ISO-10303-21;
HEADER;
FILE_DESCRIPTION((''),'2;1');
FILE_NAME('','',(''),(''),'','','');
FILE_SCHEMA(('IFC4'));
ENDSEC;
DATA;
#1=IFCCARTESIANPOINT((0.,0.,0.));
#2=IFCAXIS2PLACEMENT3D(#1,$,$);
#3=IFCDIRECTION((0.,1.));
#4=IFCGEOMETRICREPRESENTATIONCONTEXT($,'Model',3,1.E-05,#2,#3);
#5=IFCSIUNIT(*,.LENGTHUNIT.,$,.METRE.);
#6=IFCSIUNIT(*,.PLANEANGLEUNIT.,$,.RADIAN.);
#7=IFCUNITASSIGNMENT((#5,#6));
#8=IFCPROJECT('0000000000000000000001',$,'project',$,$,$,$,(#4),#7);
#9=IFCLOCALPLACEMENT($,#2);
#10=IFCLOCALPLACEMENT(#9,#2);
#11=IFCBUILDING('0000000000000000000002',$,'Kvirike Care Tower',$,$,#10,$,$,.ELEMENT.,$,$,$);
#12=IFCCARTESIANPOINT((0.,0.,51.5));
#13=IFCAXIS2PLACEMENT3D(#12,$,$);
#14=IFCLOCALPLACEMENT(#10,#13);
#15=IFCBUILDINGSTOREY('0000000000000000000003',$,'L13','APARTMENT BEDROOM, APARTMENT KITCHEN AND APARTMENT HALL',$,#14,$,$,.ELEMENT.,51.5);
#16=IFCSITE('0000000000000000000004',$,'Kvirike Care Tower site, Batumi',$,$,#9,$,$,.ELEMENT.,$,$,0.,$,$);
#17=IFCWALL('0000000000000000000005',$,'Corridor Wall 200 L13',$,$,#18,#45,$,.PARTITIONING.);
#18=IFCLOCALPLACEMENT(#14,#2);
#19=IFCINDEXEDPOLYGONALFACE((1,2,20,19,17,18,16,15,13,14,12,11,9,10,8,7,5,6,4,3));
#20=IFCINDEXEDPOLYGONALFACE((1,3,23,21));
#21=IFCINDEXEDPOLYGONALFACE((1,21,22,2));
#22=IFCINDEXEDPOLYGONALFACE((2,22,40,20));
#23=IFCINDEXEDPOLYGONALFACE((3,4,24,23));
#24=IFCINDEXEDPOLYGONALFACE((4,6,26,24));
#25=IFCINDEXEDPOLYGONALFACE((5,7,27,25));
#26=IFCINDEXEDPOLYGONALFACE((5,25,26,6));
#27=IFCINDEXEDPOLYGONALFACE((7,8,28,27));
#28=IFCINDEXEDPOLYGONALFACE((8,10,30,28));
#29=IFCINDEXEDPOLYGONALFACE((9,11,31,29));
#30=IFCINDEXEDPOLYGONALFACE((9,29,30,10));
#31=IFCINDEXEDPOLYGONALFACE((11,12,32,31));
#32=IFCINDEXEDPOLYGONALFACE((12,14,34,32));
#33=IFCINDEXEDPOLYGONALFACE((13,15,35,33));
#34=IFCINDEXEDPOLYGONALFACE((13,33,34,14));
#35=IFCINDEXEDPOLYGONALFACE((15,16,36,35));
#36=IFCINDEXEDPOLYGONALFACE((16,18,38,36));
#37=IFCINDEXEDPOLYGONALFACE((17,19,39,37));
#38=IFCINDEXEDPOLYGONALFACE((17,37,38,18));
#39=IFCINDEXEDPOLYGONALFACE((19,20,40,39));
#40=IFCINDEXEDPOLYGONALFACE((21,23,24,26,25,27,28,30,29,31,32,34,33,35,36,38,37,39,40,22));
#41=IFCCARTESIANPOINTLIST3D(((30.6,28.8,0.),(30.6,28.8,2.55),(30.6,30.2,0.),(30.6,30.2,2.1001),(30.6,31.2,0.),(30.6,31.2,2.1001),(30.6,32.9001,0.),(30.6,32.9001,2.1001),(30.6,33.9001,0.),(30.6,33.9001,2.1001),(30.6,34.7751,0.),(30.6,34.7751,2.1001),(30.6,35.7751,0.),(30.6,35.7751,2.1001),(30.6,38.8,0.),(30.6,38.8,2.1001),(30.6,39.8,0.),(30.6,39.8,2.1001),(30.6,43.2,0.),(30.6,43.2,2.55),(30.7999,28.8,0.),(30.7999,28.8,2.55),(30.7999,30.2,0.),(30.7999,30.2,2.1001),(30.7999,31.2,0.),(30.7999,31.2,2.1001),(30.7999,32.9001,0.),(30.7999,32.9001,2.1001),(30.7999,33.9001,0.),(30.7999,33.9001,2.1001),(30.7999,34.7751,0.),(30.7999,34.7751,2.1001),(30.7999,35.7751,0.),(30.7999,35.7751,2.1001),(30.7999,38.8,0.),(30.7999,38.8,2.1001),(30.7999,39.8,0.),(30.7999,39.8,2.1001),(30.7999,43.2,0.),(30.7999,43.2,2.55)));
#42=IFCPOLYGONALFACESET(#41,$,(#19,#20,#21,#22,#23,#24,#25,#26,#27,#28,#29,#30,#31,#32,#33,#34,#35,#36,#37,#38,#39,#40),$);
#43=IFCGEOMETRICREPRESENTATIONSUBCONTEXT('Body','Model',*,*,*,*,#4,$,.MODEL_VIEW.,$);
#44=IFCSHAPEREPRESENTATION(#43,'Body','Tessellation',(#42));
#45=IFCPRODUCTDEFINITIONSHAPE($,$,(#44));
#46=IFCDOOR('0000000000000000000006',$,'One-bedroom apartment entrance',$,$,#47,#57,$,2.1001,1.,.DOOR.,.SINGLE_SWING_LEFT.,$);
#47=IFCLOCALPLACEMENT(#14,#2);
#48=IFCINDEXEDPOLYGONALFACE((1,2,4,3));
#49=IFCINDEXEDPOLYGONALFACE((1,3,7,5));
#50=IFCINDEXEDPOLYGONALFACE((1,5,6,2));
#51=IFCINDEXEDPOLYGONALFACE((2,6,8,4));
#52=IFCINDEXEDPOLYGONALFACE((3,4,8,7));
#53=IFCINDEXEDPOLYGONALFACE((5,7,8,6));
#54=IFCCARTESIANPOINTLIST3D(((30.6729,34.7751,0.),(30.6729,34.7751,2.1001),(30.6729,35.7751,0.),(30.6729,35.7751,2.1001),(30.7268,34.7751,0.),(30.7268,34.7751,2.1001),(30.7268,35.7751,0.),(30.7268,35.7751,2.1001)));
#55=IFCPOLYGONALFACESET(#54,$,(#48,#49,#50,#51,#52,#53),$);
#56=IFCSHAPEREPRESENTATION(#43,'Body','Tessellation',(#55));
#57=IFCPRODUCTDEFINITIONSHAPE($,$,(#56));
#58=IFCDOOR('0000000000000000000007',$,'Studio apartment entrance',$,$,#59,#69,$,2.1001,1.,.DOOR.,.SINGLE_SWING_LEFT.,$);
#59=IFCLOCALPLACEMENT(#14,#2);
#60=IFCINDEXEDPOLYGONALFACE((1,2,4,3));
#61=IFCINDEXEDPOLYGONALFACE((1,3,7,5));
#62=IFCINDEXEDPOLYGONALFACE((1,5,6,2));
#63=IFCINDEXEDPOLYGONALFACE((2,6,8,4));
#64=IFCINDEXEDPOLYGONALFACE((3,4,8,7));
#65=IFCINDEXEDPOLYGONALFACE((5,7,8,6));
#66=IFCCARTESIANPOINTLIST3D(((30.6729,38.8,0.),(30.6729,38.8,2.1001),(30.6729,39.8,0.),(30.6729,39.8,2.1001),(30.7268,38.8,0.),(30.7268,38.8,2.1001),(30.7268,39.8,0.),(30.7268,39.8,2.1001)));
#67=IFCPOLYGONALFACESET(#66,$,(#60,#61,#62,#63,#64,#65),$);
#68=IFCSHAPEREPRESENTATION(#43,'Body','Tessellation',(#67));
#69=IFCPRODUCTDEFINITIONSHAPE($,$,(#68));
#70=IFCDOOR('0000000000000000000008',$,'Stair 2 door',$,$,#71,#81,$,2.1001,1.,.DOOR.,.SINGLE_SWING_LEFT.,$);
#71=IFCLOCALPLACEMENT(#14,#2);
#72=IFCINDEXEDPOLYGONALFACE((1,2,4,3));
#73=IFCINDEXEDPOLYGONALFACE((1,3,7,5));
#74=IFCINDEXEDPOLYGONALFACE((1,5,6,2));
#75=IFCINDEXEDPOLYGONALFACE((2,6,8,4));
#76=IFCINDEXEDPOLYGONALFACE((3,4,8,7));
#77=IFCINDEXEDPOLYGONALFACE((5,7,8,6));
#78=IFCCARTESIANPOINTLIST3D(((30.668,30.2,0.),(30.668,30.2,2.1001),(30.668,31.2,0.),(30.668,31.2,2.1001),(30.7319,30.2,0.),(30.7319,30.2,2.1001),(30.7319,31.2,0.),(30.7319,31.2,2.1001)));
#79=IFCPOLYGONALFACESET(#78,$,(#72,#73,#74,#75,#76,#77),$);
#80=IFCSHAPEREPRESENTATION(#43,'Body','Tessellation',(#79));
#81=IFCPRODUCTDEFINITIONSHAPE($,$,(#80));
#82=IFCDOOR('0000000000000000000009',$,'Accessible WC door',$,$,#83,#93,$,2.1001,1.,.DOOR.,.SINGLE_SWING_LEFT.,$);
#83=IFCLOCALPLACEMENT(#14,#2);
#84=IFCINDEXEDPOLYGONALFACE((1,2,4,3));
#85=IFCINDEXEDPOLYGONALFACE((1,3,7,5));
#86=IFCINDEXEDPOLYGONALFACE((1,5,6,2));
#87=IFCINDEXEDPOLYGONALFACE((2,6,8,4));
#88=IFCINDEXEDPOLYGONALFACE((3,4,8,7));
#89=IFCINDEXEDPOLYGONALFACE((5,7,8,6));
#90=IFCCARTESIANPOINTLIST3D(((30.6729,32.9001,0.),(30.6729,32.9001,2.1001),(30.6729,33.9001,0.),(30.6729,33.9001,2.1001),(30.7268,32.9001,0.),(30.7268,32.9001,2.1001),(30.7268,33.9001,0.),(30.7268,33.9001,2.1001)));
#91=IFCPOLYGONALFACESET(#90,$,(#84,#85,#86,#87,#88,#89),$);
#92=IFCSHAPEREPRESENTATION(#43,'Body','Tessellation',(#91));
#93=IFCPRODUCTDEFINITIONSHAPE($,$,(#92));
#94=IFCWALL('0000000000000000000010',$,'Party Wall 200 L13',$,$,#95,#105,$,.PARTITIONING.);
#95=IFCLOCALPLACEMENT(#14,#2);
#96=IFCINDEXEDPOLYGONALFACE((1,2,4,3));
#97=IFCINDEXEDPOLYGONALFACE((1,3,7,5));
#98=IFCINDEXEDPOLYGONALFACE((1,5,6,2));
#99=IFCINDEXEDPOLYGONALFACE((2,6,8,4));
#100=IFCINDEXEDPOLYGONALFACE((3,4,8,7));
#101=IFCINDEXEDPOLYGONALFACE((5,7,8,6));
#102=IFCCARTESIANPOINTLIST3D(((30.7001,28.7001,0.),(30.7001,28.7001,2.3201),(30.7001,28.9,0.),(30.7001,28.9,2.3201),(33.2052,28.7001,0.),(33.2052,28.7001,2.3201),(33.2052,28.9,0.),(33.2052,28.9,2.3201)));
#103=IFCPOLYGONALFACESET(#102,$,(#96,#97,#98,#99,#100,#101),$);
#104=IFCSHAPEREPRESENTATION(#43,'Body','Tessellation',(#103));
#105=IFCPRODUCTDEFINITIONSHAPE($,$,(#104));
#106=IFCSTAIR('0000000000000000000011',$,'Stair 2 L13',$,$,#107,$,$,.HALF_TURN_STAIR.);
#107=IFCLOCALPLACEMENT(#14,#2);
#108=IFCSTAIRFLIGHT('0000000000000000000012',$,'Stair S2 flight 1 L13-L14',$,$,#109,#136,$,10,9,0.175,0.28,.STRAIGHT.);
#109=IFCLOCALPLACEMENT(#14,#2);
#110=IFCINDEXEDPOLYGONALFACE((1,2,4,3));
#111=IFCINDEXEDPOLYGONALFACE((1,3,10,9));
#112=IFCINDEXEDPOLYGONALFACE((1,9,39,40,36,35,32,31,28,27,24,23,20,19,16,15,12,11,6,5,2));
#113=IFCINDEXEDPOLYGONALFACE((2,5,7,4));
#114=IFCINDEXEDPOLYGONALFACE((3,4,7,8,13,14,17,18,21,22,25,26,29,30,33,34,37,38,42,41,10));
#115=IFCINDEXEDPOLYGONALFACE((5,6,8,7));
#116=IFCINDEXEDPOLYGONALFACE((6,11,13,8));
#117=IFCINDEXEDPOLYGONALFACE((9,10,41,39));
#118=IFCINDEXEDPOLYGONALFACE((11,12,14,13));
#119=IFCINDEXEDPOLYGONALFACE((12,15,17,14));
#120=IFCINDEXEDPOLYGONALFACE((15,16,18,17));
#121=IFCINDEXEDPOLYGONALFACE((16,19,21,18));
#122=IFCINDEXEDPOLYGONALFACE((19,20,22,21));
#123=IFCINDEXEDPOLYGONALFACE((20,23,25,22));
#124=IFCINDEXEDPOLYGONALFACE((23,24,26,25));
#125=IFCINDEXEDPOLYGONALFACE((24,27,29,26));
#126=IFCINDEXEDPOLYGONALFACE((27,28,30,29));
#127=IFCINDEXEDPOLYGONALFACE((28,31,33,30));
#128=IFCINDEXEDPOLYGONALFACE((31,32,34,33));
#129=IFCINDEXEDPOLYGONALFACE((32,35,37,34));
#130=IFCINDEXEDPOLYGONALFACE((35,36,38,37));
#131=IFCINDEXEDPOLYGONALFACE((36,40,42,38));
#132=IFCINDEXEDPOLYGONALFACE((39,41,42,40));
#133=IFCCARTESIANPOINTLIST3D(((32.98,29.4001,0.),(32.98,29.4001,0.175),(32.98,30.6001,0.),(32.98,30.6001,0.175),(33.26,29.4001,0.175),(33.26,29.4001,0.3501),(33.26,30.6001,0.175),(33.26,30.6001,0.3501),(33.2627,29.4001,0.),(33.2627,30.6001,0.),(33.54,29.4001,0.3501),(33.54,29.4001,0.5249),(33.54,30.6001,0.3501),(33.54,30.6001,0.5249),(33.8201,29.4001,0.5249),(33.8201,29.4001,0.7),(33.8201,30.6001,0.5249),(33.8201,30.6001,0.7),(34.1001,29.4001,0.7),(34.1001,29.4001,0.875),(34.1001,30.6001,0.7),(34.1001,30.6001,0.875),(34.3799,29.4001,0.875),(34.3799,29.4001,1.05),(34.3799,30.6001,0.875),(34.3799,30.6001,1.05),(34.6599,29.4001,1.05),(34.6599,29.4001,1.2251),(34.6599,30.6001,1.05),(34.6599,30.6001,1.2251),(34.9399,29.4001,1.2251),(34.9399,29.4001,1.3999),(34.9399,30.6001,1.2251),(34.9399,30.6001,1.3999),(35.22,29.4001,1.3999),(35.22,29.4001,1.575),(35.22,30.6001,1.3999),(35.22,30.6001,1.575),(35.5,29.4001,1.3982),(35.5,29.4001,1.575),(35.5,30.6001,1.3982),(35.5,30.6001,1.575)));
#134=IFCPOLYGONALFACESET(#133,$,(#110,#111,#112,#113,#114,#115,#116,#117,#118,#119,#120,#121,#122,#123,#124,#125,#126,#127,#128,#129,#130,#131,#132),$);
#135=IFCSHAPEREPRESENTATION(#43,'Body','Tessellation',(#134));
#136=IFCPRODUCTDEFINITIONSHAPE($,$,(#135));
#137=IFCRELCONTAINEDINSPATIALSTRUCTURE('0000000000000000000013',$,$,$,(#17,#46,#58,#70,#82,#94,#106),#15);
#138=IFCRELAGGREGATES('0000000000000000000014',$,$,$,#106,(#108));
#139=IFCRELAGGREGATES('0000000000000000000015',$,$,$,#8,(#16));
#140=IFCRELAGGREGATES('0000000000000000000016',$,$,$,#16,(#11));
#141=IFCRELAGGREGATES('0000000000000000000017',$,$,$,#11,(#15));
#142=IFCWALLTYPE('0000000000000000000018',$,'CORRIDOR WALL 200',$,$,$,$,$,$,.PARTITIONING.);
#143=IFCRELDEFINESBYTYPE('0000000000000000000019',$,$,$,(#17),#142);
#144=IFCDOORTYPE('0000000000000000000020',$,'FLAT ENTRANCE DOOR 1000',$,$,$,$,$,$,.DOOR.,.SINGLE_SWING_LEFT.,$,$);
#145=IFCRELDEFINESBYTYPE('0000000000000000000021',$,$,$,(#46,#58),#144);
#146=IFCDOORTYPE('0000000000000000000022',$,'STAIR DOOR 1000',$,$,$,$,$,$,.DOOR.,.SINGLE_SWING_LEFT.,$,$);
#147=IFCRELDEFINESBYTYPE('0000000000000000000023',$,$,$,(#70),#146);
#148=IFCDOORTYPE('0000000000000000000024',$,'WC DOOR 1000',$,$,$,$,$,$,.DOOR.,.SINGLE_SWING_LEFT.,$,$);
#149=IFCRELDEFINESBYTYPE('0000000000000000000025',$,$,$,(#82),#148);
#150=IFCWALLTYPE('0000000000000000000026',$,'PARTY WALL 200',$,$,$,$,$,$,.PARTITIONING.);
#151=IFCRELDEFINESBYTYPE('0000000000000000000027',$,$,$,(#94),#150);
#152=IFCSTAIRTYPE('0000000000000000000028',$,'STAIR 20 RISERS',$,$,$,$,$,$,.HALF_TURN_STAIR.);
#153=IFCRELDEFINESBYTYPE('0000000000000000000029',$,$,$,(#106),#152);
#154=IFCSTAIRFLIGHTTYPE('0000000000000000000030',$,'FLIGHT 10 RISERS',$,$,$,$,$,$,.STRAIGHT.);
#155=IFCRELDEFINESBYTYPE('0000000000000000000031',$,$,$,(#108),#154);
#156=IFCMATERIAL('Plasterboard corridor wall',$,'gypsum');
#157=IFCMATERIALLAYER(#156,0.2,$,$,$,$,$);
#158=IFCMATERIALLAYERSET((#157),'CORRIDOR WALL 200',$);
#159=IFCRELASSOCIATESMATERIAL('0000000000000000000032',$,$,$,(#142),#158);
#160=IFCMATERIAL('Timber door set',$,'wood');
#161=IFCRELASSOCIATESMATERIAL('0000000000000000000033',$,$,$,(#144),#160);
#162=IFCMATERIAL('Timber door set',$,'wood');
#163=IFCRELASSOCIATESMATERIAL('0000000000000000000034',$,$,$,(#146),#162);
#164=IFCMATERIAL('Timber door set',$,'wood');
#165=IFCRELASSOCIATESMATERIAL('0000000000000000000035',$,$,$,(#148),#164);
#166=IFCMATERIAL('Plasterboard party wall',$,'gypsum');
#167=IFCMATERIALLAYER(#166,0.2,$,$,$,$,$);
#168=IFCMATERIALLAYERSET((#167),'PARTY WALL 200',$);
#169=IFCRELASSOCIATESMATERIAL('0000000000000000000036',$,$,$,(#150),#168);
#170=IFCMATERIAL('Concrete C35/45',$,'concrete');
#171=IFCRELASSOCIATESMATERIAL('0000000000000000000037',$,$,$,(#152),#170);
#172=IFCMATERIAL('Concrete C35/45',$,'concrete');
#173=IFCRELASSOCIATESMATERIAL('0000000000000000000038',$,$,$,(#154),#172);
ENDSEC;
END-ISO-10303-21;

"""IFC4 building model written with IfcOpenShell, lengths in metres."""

from ifc_helpers import new_model, si_unit, direction, frame, frame_2d, origin, place, context, subcontext, project, spatial, polyline, rectangle, outline, extrude, material, layer, layer_set, type_object, element, fill, aggregate, save


model = new_model("IFC4")

# Units and contexts
model_context = context("Model", 3, precision=1e-05, world=origin(), true_north=direction((0.0, 1.0)))
body_context = subcontext(model_context, "Body", "Model", "MODEL_VIEW")
ifc_project = project(units=[si_unit("LENGTHUNIT", "METRE"), si_unit("PLANEANGLEUNIT", "RADIAN")], contexts=[model_context])

# Site, building, storey
site_placement = place(None, origin())
site = spatial("IfcSite", under=ifc_project, at=site_placement, Name="Kvirike Care Tower site, Batumi", CompositionType="ELEMENT", RefElevation=0.0)
building_placement = place(site_placement, origin())
building = spatial("IfcBuilding", under=site, at=building_placement, Name="Kvirike Care Tower", CompositionType="ELEMENT")
storey_placement = place(building_placement, frame((0.0, 0.0, 51.5)))
storey = spatial("IfcBuildingStorey", under=building, at=storey_placement, Name="L13", Description="APARTMENT BEDROOM, APARTMENT KITCHEN AND APARTMENT HALL", CompositionType="ELEMENT", Elevation=51.5)

# Shared definitions
ifc_material_1 = material(Name="Plasterboard corridor wall", Category="gypsum")
ifc_layer_1 = layer(ifc_material_1, 0.2)
ifc_layer_set_1 = layer_set([ifc_layer_1], Name="CORRIDOR WALL 200")
wall_type_1 = type_object("IfcWallType", Name="CORRIDOR WALL 200", PredefinedType="PARTITIONING", material=ifc_layer_set_1)
ifc_material_2 = material(Name="Timber door set", Category="wood")
door_type_1 = type_object("IfcDoorType", Name="FLAT ENTRANCE DOOR 1000", OperationType="SINGLE_SWING_LEFT", PredefinedType="DOOR", material=ifc_material_2)

# Wall, openings, doors
wall_1_placement = place(storey_placement, frame((30.7, 28.8, 0.0), z_axis=(0.0, 0.0, 1.0), x_axis=(0.0, 1.0, 0.0)))
wall_1 = element("IfcWall", 1, at=wall_1_placement, inside=storey, type_object=wall_type_1, Name="Corridor Wall 200 L13", PredefinedType="PARTITIONING", context=body_context, shape_type="SweptSolid", body=[
    extrude(rectangle(XDim=14.3999, YDim=0.2, at=frame_2d((7.2, 0.0))), origin(), (0.0, 0.0, 1.0), 2.55),
])
opening_1_placement = place(wall_1_placement, frame((1.3999, 0.0, 0.0)))
opening_1 = element("IfcOpeningElement", 2, at=opening_1_placement, cuts=wall_1, PredefinedType="OPENING", context=body_context, shape_type="SweptSolid", body=[
    extrude(rectangle(XDim=1.0, YDim=2.1001, at=frame_2d((0.5, 1.05))), frame((0.0, 0.1106, 0.0), z_axis=(0.0, -1.0, 0.0), x_axis=(1.0, 0.0, 0.0)), (0.0, 0.0, 1.0), 0.2209),
])
opening_2_placement = place(wall_1_placement, frame((4.1001, 0.0, 0.0)))
opening_2 = element("IfcOpeningElement", 3, at=opening_2_placement, cuts=wall_1, PredefinedType="OPENING", context=body_context, shape_type="SweptSolid", body=[
    extrude(rectangle(XDim=1.0, YDim=2.1001, at=frame_2d((0.5, 1.05))), frame((0.0, 0.1106, 0.0), z_axis=(0.0, -1.0, 0.0), x_axis=(1.0, 0.0, 0.0)), (0.0, 0.0, 1.0), 0.2209),
])
opening_3_placement = place(wall_1_placement, frame((5.9751, 0.0, 0.0)))
opening_3 = element("IfcOpeningElement", 4, at=opening_3_placement, cuts=wall_1, PredefinedType="OPENING", context=body_context, shape_type="SweptSolid", body=[
    extrude(rectangle(XDim=1.0, YDim=2.1001, at=frame_2d((0.5, 1.05))), frame((0.0, 0.1106, 0.0), z_axis=(0.0, -1.0, 0.0), x_axis=(1.0, 0.0, 0.0)), (0.0, 0.0, 1.0), 0.2209),
])
opening_4_placement = place(wall_1_placement, frame((10.0, 0.0, 0.0)))
opening_4 = element("IfcOpeningElement", 5, at=opening_4_placement, cuts=wall_1, PredefinedType="OPENING", context=body_context, shape_type="SweptSolid", body=[
    extrude(rectangle(XDim=1.0, YDim=2.1001, at=frame_2d((0.5, 1.05))), frame((0.0, 0.1106, 0.0), z_axis=(0.0, -1.0, 0.0), x_axis=(1.0, 0.0, 0.0)), (0.0, 0.0, 1.0), 0.2209),
])
door_1_placement = place(opening_3_placement, frame((1.0, 0.0, 0.0), z_axis=(0.0, 0.0, 1.0), x_axis=(-1.0, 0.0, 0.0)))
door_1 = element("IfcDoor", 6, at=door_1_placement, inside=storey, type_object=door_type_1, Name="One-bedroom apartment entrance", OperationType="SINGLE_SWING_LEFT", OverallHeight=2.1001, OverallWidth=1.0, PredefinedType="DOOR", context=body_context, shape_type="SweptSolid", body=[
    extrude(rectangle(XDim=1.0, YDim=2.1001, at=frame_2d((0.5, 1.05))), frame((0.0, 0.0269, 0.0), z_axis=(0.0, -1.0, 0.0), x_axis=(1.0, 0.0, 0.0)), (0.0, 0.0, 1.0), 0.054),
])
fill(opening_3, door_1)
door_2_placement = place(opening_4_placement, frame((1.0, 0.0, 0.0), z_axis=(0.0, 0.0, 1.0), x_axis=(-1.0, 0.0, 0.0)))
door_2 = element("IfcDoor", 7, at=door_2_placement, inside=storey, type_object=door_type_1, Name="Studio apartment entrance", OperationType="SINGLE_SWING_LEFT", OverallHeight=2.1001, OverallWidth=1.0, PredefinedType="DOOR", context=body_context, shape_type="SweptSolid", body=[
    extrude(rectangle(XDim=1.0, YDim=2.1001, at=frame_2d((0.5, 1.05))), frame((0.0, 0.0269, 0.0), z_axis=(0.0, -1.0, 0.0), x_axis=(1.0, 0.0, 0.0)), (0.0, 0.0, 1.0), 0.054),
])
fill(opening_4, door_2)
ifc_material_3 = material(Name="Timber door set", Category="wood")
door_type_2 = type_object("IfcDoorType", Name="STAIR DOOR 1000", OperationType="SINGLE_SWING_LEFT", PredefinedType="DOOR", material=ifc_material_3)
door_3_placement = place(opening_1_placement, frame((1.0, 0.0, 0.0), z_axis=(0.0, 0.0, 1.0), x_axis=(-1.0, 0.0, 0.0)))
door_3 = element("IfcDoor", 8, at=door_3_placement, inside=storey, type_object=door_type_2, Name="Stair 2 door", OperationType="SINGLE_SWING_LEFT", OverallHeight=2.1001, OverallWidth=1.0, PredefinedType="DOOR", context=body_context, shape_type="SweptSolid", body=[
    extrude(rectangle(XDim=1.0, YDim=2.1001, at=frame_2d((0.5, 1.05))), frame((0.0, 0.032, 0.0), z_axis=(0.0, -1.0, 0.0), x_axis=(1.0, 0.0, 0.0)), (0.0, 0.0, 1.0), 0.064),
])
fill(opening_1, door_3)
ifc_material_4 = material(Name="Timber door set", Category="wood")
door_type_3 = type_object("IfcDoorType", Name="WC DOOR 1000", OperationType="SINGLE_SWING_LEFT", PredefinedType="DOOR", material=ifc_material_4)
door_4_placement = place(opening_2_placement, frame((1.0, 0.0, 0.0), z_axis=(0.0, 0.0, 1.0), x_axis=(-1.0, 0.0, 0.0)))
door_4 = element("IfcDoor", 9, at=door_4_placement, inside=storey, type_object=door_type_3, Name="Accessible WC door", OperationType="SINGLE_SWING_LEFT", OverallHeight=2.1001, OverallWidth=1.0, PredefinedType="DOOR", context=body_context, shape_type="SweptSolid", body=[
    extrude(rectangle(XDim=1.0, YDim=2.1001, at=frame_2d((0.5, 1.05))), frame((0.0, 0.0269, 0.0), z_axis=(0.0, -1.0, 0.0), x_axis=(1.0, 0.0, 0.0)), (0.0, 0.0, 1.0), 0.054),
])
fill(opening_2, door_4)

# Wall
ifc_material_5 = material(Name="Plasterboard party wall", Category="gypsum")
ifc_layer_2 = layer(ifc_material_5, 0.2)
ifc_layer_set_2 = layer_set([ifc_layer_2], Name="PARTY WALL 200")
wall_type_2 = type_object("IfcWallType", Name="PARTY WALL 200", PredefinedType="PARTITIONING", material=ifc_layer_set_2)
wall_2_placement = place(storey_placement, frame((33.2051, 28.8, 0.0), z_axis=(0.0, 0.0, 1.0), x_axis=(-1.0, 0.0, 0.0)))
element("IfcWall", 10, at=wall_2_placement, inside=storey, type_object=wall_type_2, Name="Party Wall 200 L13", PredefinedType="PARTITIONING", context=body_context, shape_type="SweptSolid", body=[
    extrude(rectangle(XDim=2.5051, YDim=0.2, at=frame_2d((1.2524, 0.0))), origin(), (0.0, 0.0, 1.0), 2.3201),
])

# Stair, stair flight
ifc_material_6 = material(Name="Concrete C35/45", Category="concrete")
stair_type = type_object("IfcStairType", Name="STAIR 20 RISERS", PredefinedType="HALF_TURN_STAIR", material=ifc_material_6)
stair_placement = place(storey_placement, origin())
stair = element("IfcStair", 11, at=stair_placement, inside=storey, type_object=stair_type, Name="Stair 2 L13", PredefinedType="HALF_TURN_STAIR")
ifc_material_7 = material(Name="Concrete C35/45", Category="concrete")
stair_flight_type = type_object("IfcStairFlightType", Name="FLIGHT 10 RISERS", PredefinedType="STRAIGHT", material=ifc_material_7)
stair_flight_placement = place(storey_placement, frame((32.98, 30.0, 0.0), z_axis=(0.0, 0.0, 1.0), x_axis=(1.0, 0.0, 0.0)))
stair_flight = element("IfcStairFlight", 12, at=stair_flight_placement, type_object=stair_flight_type, Name="Stair S2 flight 1 L13-L14", NumberOfRisers=10, NumberOfTreads=9, PredefinedType="STRAIGHT", RiserHeight=0.175, TreadLength=0.28, context=body_context, shape_type="SweptSolid", body=[
    extrude(outline(polyline([(0.0, 0.0), (0.0, 0.175), (0.28, 0.175), (0.28, 0.3501), (0.5601, 0.3501), (0.5601, 0.5249), (0.8401, 0.5249), (0.8401, 0.7), (1.1201, 0.7), (1.1201, 0.875), (1.3999, 0.875), (1.3999, 1.05), (1.6799, 1.05), (1.6799, 1.2251), (1.96, 1.2251), (1.96, 1.3999), (2.24, 1.3999), (2.24, 1.575), (2.52, 1.575), (2.52, 1.75), (2.52, 1.3982), (0.2827, 0.0), (0.0, 0.0)])), frame((0.0, 0.6001, 0.0), z_axis=(0.0, -1.0, 0.0), x_axis=(1.0, 0.0, 0.0)), (0.0, 0.0, 1.0), 1.2),
])
aggregate(stair, [stair_flight])

save(model, "model.ifc")
